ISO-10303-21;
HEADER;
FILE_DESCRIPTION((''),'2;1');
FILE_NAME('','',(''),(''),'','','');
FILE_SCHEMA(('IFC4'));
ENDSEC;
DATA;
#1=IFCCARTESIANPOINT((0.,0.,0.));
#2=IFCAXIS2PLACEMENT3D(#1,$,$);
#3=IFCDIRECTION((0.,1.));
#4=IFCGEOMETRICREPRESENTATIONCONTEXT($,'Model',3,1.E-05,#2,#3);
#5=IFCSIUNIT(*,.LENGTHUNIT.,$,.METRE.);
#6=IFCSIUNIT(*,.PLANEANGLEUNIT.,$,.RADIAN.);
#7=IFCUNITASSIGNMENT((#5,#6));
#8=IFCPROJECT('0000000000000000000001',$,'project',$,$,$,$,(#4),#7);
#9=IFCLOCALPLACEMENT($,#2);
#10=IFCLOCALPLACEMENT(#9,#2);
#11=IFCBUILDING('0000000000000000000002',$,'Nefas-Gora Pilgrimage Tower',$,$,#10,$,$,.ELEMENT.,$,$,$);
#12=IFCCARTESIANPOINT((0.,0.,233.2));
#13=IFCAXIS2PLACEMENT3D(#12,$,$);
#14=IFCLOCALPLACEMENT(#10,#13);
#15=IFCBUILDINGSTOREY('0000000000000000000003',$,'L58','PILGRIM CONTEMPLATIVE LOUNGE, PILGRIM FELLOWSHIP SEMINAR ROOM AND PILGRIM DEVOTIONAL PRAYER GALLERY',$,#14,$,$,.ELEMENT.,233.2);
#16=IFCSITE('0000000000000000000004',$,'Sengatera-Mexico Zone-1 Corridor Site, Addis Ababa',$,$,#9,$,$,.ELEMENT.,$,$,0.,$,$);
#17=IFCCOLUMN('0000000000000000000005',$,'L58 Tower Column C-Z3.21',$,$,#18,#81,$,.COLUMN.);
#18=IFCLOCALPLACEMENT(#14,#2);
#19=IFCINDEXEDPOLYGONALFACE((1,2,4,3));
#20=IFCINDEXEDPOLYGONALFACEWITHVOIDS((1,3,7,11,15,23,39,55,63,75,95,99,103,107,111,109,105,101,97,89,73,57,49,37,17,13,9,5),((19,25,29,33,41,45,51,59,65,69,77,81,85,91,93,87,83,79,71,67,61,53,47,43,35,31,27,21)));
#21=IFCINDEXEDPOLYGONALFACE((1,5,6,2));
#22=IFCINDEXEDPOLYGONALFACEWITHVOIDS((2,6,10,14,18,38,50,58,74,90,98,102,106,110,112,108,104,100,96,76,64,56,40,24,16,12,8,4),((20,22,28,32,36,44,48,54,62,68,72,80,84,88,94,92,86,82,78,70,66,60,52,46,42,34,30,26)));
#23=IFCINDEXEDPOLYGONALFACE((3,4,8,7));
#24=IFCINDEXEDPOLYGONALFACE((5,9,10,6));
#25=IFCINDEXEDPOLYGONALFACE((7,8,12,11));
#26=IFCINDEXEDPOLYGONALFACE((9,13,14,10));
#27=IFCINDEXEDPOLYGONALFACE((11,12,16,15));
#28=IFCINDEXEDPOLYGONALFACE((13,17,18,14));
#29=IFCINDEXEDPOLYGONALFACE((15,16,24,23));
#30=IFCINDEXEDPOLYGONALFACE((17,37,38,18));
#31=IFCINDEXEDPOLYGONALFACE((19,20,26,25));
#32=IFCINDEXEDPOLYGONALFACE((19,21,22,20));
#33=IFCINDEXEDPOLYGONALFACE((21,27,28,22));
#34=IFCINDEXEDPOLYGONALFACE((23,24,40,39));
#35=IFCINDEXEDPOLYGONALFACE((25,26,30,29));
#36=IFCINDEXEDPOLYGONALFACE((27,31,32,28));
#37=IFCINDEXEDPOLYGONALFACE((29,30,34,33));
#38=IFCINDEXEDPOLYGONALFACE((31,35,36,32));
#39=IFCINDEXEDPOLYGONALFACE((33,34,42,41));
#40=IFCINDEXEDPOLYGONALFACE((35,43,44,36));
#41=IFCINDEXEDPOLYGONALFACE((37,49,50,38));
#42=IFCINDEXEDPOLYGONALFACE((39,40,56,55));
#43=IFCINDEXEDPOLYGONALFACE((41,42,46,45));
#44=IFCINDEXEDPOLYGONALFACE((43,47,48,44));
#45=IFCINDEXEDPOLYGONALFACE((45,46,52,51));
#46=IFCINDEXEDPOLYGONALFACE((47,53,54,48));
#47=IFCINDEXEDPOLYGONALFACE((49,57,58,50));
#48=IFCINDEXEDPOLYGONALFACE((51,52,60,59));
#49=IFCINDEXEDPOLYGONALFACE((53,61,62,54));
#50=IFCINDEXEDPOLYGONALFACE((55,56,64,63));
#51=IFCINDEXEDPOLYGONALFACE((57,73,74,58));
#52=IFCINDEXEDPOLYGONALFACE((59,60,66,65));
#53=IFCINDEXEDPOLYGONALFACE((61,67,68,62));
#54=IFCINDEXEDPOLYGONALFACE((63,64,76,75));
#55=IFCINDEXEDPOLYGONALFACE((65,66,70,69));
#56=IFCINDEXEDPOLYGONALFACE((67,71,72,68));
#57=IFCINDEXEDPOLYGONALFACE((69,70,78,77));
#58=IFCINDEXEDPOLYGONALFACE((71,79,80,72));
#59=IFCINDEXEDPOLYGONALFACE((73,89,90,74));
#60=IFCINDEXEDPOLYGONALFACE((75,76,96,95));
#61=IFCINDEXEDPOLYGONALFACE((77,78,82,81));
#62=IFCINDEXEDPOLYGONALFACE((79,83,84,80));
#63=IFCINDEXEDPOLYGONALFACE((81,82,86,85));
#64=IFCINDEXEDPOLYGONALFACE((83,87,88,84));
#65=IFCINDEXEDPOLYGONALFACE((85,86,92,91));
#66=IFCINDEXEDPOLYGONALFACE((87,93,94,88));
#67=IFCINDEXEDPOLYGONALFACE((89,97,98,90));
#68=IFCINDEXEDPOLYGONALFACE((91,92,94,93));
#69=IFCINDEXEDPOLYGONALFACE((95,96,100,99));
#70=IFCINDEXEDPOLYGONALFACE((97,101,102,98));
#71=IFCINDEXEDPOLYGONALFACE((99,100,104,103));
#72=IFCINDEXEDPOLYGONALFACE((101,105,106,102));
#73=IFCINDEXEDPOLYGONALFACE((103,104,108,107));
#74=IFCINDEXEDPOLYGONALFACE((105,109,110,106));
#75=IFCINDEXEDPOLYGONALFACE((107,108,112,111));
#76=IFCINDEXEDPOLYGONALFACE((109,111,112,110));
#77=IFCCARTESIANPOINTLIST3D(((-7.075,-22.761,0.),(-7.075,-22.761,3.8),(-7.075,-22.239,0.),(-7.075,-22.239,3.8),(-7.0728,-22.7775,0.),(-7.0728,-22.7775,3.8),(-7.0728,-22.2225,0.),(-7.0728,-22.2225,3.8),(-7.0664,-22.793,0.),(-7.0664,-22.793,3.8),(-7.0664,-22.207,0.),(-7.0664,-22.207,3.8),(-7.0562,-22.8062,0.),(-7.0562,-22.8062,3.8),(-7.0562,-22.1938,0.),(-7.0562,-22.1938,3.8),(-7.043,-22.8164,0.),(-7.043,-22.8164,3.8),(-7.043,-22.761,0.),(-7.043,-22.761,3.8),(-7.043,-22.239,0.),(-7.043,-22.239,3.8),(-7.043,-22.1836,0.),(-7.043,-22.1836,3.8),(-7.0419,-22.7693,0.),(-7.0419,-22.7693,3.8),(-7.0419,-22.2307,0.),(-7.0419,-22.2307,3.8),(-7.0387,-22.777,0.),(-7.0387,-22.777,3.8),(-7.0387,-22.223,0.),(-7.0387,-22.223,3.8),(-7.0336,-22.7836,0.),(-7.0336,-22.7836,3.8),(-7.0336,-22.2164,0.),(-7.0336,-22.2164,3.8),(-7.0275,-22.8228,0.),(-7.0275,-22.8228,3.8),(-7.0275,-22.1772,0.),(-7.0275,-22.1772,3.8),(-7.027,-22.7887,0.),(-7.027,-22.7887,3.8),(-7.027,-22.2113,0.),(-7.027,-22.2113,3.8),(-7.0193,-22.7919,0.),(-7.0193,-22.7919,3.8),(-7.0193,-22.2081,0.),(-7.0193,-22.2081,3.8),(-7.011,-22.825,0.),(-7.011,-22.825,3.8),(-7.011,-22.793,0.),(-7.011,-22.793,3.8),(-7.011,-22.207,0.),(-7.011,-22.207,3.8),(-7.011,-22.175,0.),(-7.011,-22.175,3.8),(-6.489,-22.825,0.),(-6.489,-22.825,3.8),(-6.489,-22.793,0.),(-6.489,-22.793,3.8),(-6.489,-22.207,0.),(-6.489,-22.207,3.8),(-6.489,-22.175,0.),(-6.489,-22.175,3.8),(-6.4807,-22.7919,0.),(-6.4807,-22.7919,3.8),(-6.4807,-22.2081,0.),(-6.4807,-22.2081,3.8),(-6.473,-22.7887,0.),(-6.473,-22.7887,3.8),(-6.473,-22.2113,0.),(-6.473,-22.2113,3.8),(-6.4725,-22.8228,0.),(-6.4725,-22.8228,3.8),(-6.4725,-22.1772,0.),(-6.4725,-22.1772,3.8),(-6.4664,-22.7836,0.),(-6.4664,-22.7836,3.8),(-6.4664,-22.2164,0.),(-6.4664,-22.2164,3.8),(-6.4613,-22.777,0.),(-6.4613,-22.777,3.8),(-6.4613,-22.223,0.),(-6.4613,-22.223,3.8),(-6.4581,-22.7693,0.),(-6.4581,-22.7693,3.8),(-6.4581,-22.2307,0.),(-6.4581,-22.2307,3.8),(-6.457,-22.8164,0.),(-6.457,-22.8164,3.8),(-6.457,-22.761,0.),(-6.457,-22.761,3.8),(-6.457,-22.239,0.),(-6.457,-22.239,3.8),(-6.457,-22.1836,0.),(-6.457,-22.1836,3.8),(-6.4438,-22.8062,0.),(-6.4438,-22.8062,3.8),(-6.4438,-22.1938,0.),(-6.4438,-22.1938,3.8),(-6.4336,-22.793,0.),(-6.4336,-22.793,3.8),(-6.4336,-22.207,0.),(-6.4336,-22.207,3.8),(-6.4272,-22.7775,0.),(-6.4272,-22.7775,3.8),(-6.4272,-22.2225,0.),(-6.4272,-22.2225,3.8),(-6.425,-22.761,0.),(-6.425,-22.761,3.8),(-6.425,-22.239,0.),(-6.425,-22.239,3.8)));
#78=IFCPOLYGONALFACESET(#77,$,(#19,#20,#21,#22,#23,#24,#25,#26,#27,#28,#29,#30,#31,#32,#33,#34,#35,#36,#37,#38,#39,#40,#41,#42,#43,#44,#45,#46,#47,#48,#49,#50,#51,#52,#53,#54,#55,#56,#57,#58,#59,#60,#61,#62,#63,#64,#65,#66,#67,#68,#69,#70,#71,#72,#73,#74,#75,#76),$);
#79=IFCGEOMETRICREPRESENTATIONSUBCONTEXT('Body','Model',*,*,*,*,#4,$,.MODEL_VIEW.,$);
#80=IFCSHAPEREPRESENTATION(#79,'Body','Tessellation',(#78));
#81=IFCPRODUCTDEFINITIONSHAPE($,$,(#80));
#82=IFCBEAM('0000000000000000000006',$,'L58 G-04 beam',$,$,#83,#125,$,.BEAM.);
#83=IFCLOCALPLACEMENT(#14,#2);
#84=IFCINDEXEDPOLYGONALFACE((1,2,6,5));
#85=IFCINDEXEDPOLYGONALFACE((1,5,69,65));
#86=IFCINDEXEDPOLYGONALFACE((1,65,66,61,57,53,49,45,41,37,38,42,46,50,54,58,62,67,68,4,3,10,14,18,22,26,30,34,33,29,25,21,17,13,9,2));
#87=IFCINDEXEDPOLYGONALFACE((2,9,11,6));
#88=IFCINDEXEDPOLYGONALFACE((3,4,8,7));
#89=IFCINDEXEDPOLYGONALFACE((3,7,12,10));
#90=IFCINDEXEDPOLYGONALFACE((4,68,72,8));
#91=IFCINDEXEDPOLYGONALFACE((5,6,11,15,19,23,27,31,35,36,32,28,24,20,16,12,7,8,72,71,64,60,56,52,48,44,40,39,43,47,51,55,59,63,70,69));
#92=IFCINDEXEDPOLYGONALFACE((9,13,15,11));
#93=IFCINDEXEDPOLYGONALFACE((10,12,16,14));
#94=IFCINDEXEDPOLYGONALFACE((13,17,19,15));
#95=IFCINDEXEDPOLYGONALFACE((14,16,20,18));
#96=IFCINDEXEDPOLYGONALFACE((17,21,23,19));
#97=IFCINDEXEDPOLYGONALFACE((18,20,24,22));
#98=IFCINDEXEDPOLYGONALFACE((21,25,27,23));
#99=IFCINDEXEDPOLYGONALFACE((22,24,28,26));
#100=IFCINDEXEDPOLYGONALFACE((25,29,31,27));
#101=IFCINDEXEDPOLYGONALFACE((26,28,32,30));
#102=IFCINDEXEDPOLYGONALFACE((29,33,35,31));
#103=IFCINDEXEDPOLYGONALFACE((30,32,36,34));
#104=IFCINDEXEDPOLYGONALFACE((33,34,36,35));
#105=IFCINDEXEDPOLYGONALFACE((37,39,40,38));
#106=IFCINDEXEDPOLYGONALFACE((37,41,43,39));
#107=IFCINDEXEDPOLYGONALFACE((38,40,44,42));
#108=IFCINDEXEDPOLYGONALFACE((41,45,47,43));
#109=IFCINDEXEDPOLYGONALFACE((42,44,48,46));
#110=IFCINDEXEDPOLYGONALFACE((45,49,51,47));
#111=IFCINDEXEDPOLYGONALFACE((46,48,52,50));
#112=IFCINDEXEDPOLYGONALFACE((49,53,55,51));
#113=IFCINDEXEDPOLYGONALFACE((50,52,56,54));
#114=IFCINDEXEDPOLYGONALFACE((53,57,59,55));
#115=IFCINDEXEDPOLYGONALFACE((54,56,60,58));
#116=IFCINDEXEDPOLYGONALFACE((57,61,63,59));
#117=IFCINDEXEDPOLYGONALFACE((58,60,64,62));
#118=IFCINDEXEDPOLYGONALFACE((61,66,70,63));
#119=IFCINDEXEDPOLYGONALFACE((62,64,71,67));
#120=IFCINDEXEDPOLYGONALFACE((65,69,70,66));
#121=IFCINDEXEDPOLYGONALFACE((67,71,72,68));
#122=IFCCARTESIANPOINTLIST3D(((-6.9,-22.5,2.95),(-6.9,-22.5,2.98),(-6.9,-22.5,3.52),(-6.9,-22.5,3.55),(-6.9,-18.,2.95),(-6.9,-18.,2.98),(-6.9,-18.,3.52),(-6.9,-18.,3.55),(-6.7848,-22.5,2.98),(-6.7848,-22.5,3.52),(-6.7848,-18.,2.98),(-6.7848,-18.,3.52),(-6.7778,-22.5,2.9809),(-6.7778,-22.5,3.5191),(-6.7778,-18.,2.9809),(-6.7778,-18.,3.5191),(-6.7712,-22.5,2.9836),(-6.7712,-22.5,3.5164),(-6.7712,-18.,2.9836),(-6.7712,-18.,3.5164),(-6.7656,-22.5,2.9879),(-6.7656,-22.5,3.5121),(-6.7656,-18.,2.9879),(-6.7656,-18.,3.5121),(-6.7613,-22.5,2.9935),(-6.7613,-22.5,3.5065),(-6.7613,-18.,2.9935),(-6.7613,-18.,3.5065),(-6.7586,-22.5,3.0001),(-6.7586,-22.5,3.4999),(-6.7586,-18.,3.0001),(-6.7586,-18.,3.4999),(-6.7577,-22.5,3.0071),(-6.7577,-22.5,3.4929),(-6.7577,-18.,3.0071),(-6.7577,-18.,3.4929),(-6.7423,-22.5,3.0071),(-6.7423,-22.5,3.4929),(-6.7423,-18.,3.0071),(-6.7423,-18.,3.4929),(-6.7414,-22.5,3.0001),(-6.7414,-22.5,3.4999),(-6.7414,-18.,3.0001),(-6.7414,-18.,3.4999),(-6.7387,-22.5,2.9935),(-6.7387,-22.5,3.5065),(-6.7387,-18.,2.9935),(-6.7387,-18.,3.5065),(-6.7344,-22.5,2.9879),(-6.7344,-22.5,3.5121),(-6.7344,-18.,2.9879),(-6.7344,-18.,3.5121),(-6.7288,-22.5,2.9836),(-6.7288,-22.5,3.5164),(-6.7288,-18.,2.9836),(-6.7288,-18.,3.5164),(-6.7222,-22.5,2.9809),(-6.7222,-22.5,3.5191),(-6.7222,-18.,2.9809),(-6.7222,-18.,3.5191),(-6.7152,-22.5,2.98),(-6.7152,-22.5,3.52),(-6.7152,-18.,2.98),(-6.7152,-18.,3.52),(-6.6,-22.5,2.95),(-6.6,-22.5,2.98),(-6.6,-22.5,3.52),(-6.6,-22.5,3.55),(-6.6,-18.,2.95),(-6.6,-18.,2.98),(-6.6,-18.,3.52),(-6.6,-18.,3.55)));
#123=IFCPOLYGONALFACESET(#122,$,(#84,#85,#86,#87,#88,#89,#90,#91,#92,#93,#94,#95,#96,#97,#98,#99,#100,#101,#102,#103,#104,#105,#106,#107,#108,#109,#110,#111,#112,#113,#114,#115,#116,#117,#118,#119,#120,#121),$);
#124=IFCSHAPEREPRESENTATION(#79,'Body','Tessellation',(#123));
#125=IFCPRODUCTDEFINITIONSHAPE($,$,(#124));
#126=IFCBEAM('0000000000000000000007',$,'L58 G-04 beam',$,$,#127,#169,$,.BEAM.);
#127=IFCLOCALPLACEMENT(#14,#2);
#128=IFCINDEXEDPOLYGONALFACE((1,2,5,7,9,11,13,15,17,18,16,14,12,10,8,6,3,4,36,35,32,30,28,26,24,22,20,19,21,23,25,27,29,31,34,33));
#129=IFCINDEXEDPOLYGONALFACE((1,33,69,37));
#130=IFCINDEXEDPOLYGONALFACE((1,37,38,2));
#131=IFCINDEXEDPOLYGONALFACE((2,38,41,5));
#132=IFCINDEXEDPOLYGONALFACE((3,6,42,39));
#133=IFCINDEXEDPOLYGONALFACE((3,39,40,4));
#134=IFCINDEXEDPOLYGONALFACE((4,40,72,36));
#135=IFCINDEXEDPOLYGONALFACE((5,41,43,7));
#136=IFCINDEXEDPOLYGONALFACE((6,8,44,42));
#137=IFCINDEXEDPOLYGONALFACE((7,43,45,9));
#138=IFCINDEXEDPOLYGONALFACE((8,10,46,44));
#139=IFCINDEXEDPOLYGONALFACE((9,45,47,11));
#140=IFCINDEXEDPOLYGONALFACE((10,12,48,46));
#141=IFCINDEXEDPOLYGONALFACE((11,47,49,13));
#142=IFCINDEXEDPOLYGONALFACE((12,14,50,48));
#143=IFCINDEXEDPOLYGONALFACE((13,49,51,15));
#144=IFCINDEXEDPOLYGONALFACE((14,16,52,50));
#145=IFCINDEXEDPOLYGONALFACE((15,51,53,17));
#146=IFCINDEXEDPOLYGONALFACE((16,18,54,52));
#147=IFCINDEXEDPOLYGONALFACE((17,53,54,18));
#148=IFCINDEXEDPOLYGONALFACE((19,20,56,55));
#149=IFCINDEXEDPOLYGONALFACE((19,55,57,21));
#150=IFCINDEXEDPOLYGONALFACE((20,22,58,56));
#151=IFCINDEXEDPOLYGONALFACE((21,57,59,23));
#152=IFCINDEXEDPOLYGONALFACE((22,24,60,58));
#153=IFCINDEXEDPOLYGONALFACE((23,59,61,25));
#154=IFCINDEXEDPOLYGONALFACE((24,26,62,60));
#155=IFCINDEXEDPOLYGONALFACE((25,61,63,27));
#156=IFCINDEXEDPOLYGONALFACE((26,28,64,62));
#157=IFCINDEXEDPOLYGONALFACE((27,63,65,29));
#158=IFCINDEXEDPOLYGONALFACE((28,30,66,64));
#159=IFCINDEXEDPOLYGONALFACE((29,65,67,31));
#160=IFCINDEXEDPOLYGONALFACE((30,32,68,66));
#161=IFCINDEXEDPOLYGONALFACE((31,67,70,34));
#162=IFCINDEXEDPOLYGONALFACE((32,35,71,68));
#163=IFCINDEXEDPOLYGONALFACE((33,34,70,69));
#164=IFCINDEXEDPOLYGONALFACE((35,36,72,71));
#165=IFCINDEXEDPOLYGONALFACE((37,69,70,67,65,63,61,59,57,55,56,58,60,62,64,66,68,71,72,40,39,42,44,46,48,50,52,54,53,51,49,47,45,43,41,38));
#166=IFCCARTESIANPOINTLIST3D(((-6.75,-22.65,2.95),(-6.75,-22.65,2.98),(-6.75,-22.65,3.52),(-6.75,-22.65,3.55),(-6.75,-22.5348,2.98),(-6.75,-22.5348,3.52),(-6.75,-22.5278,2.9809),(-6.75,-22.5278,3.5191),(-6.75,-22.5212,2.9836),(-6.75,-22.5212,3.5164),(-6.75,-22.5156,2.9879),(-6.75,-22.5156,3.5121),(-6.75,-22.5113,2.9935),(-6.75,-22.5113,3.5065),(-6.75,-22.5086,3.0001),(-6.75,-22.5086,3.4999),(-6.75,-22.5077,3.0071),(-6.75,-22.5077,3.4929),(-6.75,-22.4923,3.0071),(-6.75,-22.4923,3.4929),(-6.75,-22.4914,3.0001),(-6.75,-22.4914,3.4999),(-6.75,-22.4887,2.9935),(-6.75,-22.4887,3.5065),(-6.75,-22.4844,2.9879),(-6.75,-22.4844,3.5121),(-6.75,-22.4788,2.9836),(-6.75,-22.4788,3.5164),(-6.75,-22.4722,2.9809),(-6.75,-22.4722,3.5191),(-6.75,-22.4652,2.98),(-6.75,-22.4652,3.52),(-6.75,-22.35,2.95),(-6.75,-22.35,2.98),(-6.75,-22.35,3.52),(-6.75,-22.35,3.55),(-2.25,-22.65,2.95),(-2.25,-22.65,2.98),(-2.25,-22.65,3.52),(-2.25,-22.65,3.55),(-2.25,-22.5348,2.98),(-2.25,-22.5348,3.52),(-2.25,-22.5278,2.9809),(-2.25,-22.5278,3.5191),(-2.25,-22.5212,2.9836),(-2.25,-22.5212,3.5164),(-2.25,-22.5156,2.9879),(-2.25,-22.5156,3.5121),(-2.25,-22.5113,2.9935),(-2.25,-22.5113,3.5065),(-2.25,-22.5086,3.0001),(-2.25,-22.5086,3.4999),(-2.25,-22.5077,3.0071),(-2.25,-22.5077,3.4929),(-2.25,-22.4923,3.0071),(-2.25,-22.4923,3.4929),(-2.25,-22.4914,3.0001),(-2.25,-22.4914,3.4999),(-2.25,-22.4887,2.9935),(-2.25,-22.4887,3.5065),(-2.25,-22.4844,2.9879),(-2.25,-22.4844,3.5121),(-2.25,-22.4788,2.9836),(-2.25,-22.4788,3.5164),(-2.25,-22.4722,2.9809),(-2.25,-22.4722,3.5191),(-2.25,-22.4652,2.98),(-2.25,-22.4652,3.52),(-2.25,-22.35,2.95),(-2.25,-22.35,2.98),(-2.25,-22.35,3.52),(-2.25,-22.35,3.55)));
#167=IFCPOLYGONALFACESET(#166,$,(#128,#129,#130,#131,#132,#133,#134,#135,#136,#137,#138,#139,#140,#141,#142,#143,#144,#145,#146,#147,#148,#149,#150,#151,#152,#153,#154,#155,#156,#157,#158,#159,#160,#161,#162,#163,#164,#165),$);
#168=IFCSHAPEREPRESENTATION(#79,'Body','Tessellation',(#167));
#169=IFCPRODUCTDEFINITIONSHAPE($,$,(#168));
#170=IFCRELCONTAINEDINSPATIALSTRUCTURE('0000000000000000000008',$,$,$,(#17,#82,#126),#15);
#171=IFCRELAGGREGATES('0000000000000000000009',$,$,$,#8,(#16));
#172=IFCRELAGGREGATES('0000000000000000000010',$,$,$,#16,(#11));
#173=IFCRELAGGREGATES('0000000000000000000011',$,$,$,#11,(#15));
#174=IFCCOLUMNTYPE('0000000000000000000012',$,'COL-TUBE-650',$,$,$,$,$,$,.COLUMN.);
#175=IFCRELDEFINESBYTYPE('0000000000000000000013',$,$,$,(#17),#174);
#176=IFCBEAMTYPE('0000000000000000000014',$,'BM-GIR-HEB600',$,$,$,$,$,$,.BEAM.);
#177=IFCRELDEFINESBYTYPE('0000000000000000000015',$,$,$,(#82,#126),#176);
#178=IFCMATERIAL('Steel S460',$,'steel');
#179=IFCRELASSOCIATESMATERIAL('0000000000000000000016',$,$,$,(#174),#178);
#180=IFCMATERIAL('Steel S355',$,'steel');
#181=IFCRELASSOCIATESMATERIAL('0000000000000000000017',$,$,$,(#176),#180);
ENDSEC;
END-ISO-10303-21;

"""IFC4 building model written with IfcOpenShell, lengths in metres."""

from ifc_helpers import new_model, si_unit, direction, frame, origin, origin_2d, place, context, subcontext, project, spatial, hollow_rectangle, i_section, extrude, source, transform, mapped, material, material_profile, profile_set, type_object, element, save


model = new_model("IFC4")

# Units and contexts
model_context = context("Model", 3, precision=1e-05, world=origin(), true_north=direction((0.0, 1.0)))
body_context = subcontext(model_context, "Body", "Model", "MODEL_VIEW")
ifc_project = project(units=[si_unit("LENGTHUNIT", "METRE"), si_unit("PLANEANGLEUNIT", "RADIAN")], contexts=[model_context])

# Site, building, storey
site_placement = place(None, origin())
site = spatial("IfcSite", under=ifc_project, at=site_placement, Name="Sengatera-Mexico Zone-1 Corridor Site, Addis Ababa", CompositionType="ELEMENT", RefElevation=0.0)
building_placement = place(site_placement, origin())
building = spatial("IfcBuilding", under=site, at=building_placement, Name="Nefas-Gora Pilgrimage Tower", CompositionType="ELEMENT")
storey_placement = place(building_placement, frame((0.0, 0.0, 233.2)))
storey = spatial("IfcBuildingStorey", under=building, at=storey_placement, Name="L58", Description="PILGRIM CONTEMPLATIVE LOUNGE, PILGRIM FELLOWSHIP SEMINAR ROOM AND PILGRIM DEVOTIONAL PRAYER GALLERY", CompositionType="ELEMENT", Elevation=233.2)

# Column
ifc_material_1 = material(Name="Steel S460", Category="steel")
ifc_material_profile_1 = material_profile(ifc_material_1, hollow_rectangle(XDim=0.6499, YDim=0.6499, WallThickness=0.032, InnerFilletRadius=0.032, OuterFilletRadius=0.064, at=origin_2d()), Name="BOX 650x650x32")
ifc_profile_set_1 = profile_set([ifc_material_profile_1], Name="Steel S460")
column_type_1 = type_object("IfcColumnType", Name="COL-TUBE-650", PredefinedType="COLUMN", material=ifc_profile_set_1)
shared_shape_1 = source(origin(), body_context, "Body", "SweptSolid", [
    extrude(hollow_rectangle(XDim=0.6499, YDim=0.6499, WallThickness=0.032, InnerFilletRadius=0.032, OuterFilletRadius=0.064, at=origin_2d()), origin(), (0.0, 0.0, 1.0), 3.8),
])
column_placement = place(storey_placement, frame((-6.75, -22.5, 0.0), z_axis=(0.0, 0.0, 1.0), x_axis=(1.0, 0.0, 0.0)))
element("IfcColumn", 1, at=column_placement, inside=storey, type_object=column_type_1, Name="L58 Tower Column C-Z3.21", PredefinedType="COLUMN", context=body_context, shape_type="MappedRepresentation", body=[
    mapped(shared_shape_1, transform((0.0, 0.0, 0.0), x_axis=(1.0, 0.0, 0.0), y_axis=(0.0, 1.0, 0.0), z_axis=(0.0, 0.0, 1.0), scale=1.0)),
])

# Beams
ifc_material_2 = material(Name="Steel S355", Category="steel")
ifc_material_profile_2 = material_profile(ifc_material_2, i_section(OverallWidth=0.3, OverallDepth=0.6001, WebThickness=0.0154, FlangeThickness=0.03, FilletRadius=0.0271, at=origin_2d()), Name="HEB 600")
ifc_profile_set_2 = profile_set([ifc_material_profile_2], Name="Steel S355")
beam_type = type_object("IfcBeamType", Name="BM-GIR-HEB600", PredefinedType="BEAM", material=ifc_profile_set_2)
shared_shape_2 = source(origin(), body_context, "Body", "SweptSolid", [
    extrude(i_section(OverallWidth=0.3, OverallDepth=0.6001, WebThickness=0.0154, FlangeThickness=0.03, FilletRadius=0.0271, at=origin_2d()), origin(), (0.0, 0.0, 1.0), 4.5),
])
for number, where, z_axis, x_axis, name in (
    (2, (-6.75, -22.5, 3.25), (0.0, 1.0, 0.0), (-1.0, 0.0, 0.0), "L58 G-04 beam"),
    (3, (-6.75, -22.5, 3.25), (1.0, 0.0, 0.0), (0.0, 1.0, 0.0), "L58 G-04 beam"),
):
    element("IfcBeam", number, at=place(storey_placement, frame(where, z_axis=z_axis, x_axis=x_axis)), inside=storey, type_object=beam_type, Name=name, PredefinedType="BEAM", context=body_context, shape_type="MappedRepresentation", body=[
        mapped(shared_shape_2, transform((0.0, 0.0, 0.0), x_axis=(1.0, 0.0, 0.0), y_axis=(0.0, 1.0, 0.0), z_axis=(0.0, 0.0, 1.0), scale=1.0)),
    ])

save(model, "model.ifc")
